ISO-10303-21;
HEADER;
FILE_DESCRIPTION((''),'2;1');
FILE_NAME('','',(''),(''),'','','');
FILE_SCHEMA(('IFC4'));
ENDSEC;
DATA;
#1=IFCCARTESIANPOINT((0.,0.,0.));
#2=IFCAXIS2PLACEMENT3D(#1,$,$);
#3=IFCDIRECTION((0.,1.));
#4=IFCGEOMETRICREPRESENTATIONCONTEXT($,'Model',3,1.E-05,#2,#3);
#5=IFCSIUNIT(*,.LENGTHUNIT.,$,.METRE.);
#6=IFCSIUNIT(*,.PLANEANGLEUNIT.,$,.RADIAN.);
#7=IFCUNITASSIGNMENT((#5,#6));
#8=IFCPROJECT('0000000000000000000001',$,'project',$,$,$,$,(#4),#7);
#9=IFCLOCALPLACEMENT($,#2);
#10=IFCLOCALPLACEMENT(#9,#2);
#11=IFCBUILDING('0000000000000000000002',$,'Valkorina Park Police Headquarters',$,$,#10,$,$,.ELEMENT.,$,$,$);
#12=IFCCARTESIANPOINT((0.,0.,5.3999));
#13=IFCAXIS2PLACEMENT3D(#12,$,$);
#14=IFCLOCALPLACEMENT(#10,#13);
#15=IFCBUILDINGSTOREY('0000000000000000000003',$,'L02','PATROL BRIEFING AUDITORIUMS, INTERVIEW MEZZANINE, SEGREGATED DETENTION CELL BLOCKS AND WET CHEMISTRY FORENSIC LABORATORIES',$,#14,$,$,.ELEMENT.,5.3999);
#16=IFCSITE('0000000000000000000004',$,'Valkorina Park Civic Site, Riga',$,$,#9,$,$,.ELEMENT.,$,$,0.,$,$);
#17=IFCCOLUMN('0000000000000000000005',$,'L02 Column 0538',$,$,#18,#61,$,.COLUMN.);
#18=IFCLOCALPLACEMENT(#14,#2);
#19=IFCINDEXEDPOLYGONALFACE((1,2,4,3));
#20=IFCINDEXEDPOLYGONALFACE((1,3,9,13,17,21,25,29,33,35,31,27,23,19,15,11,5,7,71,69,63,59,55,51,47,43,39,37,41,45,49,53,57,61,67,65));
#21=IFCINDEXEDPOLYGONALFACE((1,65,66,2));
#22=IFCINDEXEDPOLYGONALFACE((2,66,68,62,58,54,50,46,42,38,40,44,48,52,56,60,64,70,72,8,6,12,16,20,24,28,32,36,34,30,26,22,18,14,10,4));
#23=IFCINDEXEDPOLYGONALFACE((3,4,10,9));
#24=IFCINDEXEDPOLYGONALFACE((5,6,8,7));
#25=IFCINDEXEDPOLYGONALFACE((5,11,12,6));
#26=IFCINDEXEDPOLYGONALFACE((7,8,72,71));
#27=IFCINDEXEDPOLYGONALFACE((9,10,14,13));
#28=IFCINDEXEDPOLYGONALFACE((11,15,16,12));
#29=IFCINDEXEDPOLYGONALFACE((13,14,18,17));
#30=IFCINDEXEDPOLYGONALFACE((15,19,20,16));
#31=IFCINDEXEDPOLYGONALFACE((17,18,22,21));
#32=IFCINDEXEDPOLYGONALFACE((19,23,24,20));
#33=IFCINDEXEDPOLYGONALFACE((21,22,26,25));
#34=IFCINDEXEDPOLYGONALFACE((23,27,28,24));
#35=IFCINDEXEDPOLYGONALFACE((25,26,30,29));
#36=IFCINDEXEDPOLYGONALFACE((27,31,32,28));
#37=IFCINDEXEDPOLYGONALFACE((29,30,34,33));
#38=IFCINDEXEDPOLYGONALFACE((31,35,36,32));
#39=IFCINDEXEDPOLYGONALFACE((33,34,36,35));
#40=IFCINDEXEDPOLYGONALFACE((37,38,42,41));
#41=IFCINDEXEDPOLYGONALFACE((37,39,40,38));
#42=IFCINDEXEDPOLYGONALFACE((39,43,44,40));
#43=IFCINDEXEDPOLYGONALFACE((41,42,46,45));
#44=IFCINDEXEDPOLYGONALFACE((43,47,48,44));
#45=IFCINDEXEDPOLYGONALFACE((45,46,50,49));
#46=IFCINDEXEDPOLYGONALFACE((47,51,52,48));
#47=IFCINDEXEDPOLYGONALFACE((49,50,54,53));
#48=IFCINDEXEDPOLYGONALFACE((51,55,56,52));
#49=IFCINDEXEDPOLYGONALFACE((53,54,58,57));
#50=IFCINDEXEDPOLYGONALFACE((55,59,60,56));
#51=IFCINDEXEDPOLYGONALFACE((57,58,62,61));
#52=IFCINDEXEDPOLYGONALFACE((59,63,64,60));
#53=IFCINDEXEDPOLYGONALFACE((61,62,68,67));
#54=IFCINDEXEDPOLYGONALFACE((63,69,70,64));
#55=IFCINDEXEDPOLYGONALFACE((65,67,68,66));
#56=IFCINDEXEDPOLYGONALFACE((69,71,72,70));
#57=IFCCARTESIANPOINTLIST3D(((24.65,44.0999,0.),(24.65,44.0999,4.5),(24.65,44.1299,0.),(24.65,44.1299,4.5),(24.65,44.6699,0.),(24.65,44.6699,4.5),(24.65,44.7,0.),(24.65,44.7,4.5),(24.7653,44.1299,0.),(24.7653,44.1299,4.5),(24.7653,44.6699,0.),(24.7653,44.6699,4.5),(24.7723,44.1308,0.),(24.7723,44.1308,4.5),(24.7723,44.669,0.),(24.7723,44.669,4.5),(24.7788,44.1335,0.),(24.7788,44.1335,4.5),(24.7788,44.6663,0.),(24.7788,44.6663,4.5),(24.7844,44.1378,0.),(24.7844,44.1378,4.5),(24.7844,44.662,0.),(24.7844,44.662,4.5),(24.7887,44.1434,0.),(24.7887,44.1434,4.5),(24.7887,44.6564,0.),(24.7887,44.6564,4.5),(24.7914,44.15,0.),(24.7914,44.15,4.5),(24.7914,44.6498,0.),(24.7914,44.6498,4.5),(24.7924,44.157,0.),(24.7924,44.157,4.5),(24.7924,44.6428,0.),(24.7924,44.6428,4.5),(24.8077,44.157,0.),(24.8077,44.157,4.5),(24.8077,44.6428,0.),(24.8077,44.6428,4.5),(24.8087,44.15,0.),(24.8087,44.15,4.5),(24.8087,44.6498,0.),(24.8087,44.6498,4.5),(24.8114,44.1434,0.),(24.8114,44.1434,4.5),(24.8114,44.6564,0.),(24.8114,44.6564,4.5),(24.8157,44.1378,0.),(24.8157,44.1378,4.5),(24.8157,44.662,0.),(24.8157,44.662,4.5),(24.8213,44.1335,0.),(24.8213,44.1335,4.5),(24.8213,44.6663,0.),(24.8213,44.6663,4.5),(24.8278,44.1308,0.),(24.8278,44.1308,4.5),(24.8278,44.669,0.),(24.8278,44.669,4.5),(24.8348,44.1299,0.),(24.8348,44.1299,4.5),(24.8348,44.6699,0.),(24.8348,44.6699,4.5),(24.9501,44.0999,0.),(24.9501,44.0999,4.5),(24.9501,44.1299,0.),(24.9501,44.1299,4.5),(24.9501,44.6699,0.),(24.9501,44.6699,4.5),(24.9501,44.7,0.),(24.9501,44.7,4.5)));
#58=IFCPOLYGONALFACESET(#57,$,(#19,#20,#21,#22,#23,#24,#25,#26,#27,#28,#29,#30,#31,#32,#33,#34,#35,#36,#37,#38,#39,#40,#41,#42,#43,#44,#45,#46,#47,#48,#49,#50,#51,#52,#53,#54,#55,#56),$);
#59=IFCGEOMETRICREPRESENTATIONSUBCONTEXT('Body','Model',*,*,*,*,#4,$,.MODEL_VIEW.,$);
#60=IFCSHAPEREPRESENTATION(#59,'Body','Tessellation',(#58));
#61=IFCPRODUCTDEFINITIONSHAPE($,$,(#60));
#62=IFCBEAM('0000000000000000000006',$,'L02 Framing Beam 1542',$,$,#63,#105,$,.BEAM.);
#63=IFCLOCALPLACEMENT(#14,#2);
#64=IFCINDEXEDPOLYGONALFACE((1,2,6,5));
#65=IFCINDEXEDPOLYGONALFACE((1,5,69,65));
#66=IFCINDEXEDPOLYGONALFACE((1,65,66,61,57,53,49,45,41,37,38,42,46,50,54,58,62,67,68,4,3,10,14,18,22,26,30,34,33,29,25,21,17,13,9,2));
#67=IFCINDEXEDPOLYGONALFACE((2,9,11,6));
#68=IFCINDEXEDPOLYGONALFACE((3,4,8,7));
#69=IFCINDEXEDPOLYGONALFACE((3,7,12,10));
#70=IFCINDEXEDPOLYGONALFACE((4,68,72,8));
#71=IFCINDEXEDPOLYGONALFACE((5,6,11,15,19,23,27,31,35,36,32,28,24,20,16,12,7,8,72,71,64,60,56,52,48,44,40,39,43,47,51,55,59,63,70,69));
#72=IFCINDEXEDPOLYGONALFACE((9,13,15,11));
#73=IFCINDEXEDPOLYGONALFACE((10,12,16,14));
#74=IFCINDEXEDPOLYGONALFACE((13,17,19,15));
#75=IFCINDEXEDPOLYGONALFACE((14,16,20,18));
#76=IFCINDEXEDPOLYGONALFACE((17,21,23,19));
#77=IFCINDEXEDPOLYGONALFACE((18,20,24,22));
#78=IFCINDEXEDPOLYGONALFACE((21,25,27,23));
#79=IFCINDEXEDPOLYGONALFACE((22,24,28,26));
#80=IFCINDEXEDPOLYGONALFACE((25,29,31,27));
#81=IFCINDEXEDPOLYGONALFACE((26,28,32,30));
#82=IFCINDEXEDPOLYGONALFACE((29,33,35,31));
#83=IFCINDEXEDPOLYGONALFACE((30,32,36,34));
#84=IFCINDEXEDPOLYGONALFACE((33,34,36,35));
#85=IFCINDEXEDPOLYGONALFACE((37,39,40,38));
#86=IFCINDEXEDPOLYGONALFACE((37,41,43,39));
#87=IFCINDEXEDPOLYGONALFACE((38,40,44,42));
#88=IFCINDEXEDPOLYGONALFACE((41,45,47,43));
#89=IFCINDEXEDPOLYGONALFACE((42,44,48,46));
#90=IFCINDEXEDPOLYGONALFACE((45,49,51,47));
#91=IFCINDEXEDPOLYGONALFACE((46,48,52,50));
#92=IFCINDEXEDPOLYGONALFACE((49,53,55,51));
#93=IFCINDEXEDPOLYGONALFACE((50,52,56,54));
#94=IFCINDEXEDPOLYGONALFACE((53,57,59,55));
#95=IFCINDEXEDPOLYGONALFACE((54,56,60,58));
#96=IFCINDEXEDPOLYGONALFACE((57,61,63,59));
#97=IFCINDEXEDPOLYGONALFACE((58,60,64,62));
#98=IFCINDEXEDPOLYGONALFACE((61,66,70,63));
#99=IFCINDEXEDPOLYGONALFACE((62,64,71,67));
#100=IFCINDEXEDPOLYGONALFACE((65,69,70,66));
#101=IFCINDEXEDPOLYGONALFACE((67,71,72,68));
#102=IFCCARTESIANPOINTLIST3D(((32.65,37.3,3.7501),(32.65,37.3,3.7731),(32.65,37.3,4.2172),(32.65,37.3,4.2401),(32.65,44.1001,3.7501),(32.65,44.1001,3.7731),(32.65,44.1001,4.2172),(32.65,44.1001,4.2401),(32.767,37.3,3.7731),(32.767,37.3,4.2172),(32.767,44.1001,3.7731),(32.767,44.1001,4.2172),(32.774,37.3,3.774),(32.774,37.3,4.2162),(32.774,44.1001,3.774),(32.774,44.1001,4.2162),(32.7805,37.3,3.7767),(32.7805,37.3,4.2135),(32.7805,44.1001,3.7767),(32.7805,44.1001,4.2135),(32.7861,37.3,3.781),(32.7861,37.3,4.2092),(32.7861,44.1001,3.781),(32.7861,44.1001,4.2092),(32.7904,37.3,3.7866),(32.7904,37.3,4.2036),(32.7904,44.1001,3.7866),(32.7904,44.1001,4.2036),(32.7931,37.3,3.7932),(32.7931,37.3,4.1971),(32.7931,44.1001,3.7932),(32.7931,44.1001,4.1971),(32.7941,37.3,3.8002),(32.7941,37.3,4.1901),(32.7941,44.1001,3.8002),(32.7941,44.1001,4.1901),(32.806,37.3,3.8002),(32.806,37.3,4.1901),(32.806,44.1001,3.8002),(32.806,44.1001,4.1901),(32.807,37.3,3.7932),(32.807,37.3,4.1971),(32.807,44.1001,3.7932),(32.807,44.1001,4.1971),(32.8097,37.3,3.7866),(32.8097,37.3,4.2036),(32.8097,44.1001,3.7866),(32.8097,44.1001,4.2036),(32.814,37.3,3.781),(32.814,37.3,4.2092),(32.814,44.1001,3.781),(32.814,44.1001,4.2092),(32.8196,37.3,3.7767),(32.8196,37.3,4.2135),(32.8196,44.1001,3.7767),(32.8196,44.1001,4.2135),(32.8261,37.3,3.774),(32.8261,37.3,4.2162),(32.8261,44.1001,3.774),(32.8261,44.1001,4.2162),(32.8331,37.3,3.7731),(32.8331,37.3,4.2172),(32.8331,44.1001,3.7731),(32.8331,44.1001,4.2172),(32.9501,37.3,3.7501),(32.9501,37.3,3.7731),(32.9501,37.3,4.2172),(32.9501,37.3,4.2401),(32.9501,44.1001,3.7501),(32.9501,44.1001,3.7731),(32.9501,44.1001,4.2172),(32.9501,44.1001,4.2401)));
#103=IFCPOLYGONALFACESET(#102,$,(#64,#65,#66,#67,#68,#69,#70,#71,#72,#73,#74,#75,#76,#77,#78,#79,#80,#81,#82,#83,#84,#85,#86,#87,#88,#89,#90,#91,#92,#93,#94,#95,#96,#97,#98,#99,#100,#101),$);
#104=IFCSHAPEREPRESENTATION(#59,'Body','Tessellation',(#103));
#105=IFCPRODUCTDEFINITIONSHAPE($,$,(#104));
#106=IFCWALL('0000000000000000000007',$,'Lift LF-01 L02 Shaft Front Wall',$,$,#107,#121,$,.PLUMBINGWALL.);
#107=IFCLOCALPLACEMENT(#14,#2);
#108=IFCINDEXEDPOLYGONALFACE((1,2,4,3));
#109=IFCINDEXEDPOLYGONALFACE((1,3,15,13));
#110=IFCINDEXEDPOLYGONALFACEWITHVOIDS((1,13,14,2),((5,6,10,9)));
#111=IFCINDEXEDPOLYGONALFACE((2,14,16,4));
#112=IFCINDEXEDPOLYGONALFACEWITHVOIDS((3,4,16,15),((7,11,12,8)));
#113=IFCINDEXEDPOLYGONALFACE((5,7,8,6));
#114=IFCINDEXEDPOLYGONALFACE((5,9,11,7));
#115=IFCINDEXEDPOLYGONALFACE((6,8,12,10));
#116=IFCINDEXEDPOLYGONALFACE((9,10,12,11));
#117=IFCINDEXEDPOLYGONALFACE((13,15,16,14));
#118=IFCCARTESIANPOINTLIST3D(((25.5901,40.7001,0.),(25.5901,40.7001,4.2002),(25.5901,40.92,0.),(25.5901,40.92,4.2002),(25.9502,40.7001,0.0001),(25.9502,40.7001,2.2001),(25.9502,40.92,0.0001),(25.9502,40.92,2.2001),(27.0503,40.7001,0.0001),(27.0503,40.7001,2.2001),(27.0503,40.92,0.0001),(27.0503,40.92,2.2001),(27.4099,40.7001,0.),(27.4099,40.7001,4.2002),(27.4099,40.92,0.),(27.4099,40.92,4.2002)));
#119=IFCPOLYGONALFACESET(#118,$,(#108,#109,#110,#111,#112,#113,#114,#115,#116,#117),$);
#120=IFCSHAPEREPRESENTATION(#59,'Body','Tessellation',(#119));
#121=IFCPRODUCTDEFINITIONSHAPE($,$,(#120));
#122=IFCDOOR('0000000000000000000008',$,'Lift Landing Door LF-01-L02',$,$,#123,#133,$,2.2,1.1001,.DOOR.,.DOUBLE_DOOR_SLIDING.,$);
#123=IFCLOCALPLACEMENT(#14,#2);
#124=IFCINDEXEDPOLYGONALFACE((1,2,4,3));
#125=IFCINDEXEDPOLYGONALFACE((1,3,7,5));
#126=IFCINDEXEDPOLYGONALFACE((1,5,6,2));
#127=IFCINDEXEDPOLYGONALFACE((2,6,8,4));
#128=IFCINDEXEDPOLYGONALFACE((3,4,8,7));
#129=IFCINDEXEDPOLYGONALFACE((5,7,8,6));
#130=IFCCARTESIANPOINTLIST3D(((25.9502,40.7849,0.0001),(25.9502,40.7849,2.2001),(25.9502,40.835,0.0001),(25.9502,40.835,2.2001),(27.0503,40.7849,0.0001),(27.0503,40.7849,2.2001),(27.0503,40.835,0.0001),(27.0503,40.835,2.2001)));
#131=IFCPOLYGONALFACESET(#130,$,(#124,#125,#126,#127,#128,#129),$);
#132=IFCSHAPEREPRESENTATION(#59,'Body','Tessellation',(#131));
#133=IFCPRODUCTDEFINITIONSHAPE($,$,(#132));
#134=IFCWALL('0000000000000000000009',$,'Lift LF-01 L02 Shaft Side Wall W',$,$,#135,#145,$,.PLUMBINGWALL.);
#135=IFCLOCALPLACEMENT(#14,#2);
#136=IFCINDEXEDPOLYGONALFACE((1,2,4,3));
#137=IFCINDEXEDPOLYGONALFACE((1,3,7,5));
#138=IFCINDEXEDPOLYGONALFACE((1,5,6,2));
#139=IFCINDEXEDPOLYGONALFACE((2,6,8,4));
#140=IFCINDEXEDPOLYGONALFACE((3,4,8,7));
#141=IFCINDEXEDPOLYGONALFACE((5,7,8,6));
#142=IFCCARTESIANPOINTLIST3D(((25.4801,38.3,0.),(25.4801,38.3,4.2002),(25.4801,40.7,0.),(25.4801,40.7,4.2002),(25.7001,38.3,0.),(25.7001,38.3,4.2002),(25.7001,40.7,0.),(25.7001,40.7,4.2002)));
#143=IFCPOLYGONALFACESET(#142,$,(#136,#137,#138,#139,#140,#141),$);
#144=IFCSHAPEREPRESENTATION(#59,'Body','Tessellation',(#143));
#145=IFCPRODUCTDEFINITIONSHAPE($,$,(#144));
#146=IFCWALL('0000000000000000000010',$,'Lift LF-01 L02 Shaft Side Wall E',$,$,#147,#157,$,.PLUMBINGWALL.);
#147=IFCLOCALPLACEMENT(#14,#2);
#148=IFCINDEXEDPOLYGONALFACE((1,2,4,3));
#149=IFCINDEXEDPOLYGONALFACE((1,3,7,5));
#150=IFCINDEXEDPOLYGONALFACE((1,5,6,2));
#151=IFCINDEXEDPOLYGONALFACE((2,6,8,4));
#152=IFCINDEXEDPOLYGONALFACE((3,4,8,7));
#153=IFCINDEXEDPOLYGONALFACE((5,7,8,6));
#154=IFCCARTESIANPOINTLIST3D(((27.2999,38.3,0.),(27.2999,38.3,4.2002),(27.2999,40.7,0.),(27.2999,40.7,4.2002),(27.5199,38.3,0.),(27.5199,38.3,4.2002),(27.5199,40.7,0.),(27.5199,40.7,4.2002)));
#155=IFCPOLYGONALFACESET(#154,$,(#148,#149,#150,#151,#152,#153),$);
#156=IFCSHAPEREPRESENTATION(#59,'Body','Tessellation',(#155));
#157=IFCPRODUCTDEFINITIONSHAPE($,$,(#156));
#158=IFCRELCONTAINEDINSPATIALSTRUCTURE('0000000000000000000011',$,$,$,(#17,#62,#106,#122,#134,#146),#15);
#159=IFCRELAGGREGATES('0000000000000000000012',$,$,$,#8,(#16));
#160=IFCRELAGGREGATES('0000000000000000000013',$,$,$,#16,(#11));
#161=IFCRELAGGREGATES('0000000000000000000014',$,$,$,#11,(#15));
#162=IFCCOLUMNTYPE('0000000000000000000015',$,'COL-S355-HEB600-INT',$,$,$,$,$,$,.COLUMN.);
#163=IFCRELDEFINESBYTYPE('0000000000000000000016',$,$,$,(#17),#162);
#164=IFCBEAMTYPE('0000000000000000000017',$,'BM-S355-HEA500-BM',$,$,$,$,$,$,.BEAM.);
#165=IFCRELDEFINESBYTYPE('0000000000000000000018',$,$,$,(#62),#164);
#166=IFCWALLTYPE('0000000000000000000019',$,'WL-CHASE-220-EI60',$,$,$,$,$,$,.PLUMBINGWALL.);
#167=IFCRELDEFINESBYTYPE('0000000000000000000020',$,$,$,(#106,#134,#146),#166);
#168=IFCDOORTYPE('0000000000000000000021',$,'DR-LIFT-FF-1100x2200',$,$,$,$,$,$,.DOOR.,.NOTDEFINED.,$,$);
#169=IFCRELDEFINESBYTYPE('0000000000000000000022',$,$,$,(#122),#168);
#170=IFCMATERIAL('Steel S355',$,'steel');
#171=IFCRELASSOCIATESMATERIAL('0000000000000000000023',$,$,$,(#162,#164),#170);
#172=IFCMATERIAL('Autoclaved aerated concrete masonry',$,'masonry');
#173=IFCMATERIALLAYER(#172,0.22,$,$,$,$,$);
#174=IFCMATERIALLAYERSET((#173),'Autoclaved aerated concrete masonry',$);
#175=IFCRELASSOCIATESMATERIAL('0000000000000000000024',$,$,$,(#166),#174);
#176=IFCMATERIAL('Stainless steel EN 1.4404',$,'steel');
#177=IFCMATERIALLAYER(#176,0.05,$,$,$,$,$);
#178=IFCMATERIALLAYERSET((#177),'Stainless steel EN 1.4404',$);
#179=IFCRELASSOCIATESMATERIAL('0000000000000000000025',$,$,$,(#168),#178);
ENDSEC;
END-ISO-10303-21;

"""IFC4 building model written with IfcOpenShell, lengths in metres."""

from ifc_helpers import new_model, si_unit, direction, frame, frame_2d, origin, origin_2d, place, context, subcontext, project, spatial, rectangle, i_section, extrude, material, layer, layer_set, material_profile, profile_set, type_object, element, fill, save


model = new_model("IFC4")

# Units and contexts
model_context = context("Model", 3, precision=1e-05, world=origin(), true_north=direction((0.0, 1.0)))
body_context = subcontext(model_context, "Body", "Model", "MODEL_VIEW")
ifc_project = project(units=[si_unit("LENGTHUNIT", "METRE"), si_unit("PLANEANGLEUNIT", "RADIAN")], contexts=[model_context])

# Site, building, storey
site_placement = place(None, origin())
site = spatial("IfcSite", under=ifc_project, at=site_placement, Name="Valkorina Park Civic Site, Riga", CompositionType="ELEMENT", RefElevation=0.0)
building_placement = place(site_placement, origin())
building = spatial("IfcBuilding", under=site, at=building_placement, Name="Valkorina Park Police Headquarters", CompositionType="ELEMENT")
storey_placement = place(building_placement, frame((0.0, 0.0, 5.3999)))
storey = spatial("IfcBuildingStorey", under=building, at=storey_placement, Name="L02", Description="PATROL BRIEFING AUDITORIUMS, INTERVIEW MEZZANINE, SEGREGATED DETENTION CELL BLOCKS AND WET CHEMISTRY FORENSIC LABORATORIES", CompositionType="ELEMENT", Elevation=5.3999)

# Column
ifc_material_1 = material(Name="Steel S355", Category="steel")
ifc_material_profile_1 = material_profile(ifc_material_1, i_section(OverallWidth=0.3, OverallDepth=0.6001, WebThickness=0.0154, FlangeThickness=0.03, FilletRadius=0.0271, at=origin_2d()), Name="HEB 600")
ifc_profile_set_1 = profile_set([ifc_material_profile_1], Name="Steel S355")
column_type = type_object("IfcColumnType", Name="COL-S355-HEB600-INT", PredefinedType="COLUMN", material=ifc_profile_set_1)
column_placement = place(storey_placement, frame((24.8, 44.3999, 0.0), z_axis=(0.0, 0.0, 1.0), x_axis=(1.0, 0.0, 0.0)))
element("IfcColumn", 1, at=column_placement, inside=storey, type_object=column_type, Name="L02 Column 0538", PredefinedType="COLUMN", context=body_context, shape_type="SweptSolid", body=[
    extrude(i_section(OverallWidth=0.3, OverallDepth=0.6001, WebThickness=0.0154, FlangeThickness=0.03, FilletRadius=0.0271, at=origin_2d()), origin(), (0.0, 0.0, 1.0), 4.5),
])

# Beam
ifc_material_profile_2 = material_profile(ifc_material_1, i_section(OverallWidth=0.3, OverallDepth=0.49, WebThickness=0.012, FlangeThickness=0.0229, FilletRadius=0.0271, at=origin_2d()), Name="HEA 500")
ifc_profile_set_2 = profile_set([ifc_material_profile_2], Name="Steel S355")
beam_type = type_object("IfcBeamType", Name="BM-S355-HEA500-BM", PredefinedType="BEAM", material=ifc_profile_set_2)
beam_placement = place(storey_placement, frame((32.8, 37.3, 3.9951), z_axis=(0.0, 1.0, 0.0), x_axis=(-1.0, 0.0, 0.0)))
element("IfcBeam", 2, at=beam_placement, inside=storey, type_object=beam_type, Name="L02 Framing Beam 1542", PredefinedType="BEAM", context=body_context, shape_type="SweptSolid", body=[
    extrude(i_section(OverallWidth=0.3, OverallDepth=0.49, WebThickness=0.012, FlangeThickness=0.0229, FilletRadius=0.0271, at=origin_2d()), origin(), (0.0, 0.0, 1.0), 6.8),
])

# Wall, opening, door
ifc_material_2 = material(Name="Autoclaved aerated concrete masonry", Category="masonry")
ifc_layer_1 = layer(ifc_material_2, 0.22)
ifc_layer_set_1 = layer_set([ifc_layer_1], Name="Autoclaved aerated concrete masonry")
wall_type_1 = type_object("IfcWallType", Name="WL-CHASE-220-EI60", PredefinedType="PLUMBINGWALL", material=ifc_layer_set_1)
wall_1_placement = place(storey_placement, frame((25.5901, 40.8101, 0.0), z_axis=(0.0, 0.0, 1.0), x_axis=(1.0, 0.0, 0.0)))
wall_1 = element("IfcWall", 3, at=wall_1_placement, inside=storey, type_object=wall_type_1, Name="Lift LF-01 L02 Shaft Front Wall", PredefinedType="PLUMBINGWALL", context=body_context, shape_type="SweptSolid", body=[
    extrude(rectangle(XDim=1.8198, YDim=0.22, at=frame_2d((0.9099, 0.0))), origin(), (0.0, 0.0, 1.0), 4.2002),
])
opening_1_placement = place(wall_1_placement, frame((0.3601, 0.0, 0.0)))
opening_1 = element("IfcOpeningElement", 4, at=opening_1_placement, cuts=wall_1, PredefinedType="OPENING", context=body_context, shape_type="SweptSolid", body=[
    extrude(rectangle(XDim=1.1001, YDim=2.2, at=frame_2d((0.55, 1.1001))), frame((0.0, 0.1201, 0.0), z_axis=(0.0, -1.0, 0.0), x_axis=(1.0, 0.0, 0.0)), (0.0, 0.0, 1.0), 0.24),
])
ifc_material_3 = material(Name="Stainless steel EN 1.4404", Category="steel")
ifc_layer_2 = layer(ifc_material_3, 0.05)
ifc_layer_set_2 = layer_set([ifc_layer_2], Name="Stainless steel EN 1.4404")
door_type_1 = type_object("IfcDoorType", Name="DR-LIFT-FF-1100x2200", OperationType="NOTDEFINED", PredefinedType="DOOR", material=ifc_layer_set_2)
door_1_placement = place(opening_1_placement, origin())
door_1 = element("IfcDoor", 5, at=door_1_placement, inside=storey, type_object=door_type_1, Name="Lift Landing Door LF-01-L02", OperationType="DOUBLE_DOOR_SLIDING", OverallHeight=2.2, OverallWidth=1.1001, PredefinedType="DOOR", context=body_context, shape_type="SweptSolid", body=[
    extrude(rectangle(XDim=1.1001, YDim=2.2, at=frame_2d((0.55, 1.1001))), frame((0.0, 0.0249, 0.0), z_axis=(0.0, -1.0, 0.0), x_axis=(1.0, 0.0, 0.0)), (0.0, 0.0, 1.0), 0.05),
])
fill(opening_1, door_1)

# Walls
for number, where, z_axis, x_axis, name in (
    (6, (25.5901, 38.3, 0.0), (0.0, 0.0, 1.0), (0.0, 1.0, 0.0), "Lift LF-01 L02 Shaft Side Wall W"),
    (7, (27.4099, 38.3, 0.0), (0.0, 0.0, 1.0), (0.0, 1.0, 0.0), "Lift LF-01 L02 Shaft Side Wall E"),
):
    element("IfcWall", number, at=place(storey_placement, frame(where, z_axis=z_axis, x_axis=x_axis)), inside=storey, type_object=wall_type_1, Name=name, PredefinedType="PLUMBINGWALL", context=body_context, shape_type="SweptSolid", body=[
        extrude(rectangle(XDim=2.3999, YDim=0.22, at=frame_2d((1.2, 0.0))), origin(), (0.0, 0.0, 1.0), 4.2002),
    ])

save(model, "model.ifc")
